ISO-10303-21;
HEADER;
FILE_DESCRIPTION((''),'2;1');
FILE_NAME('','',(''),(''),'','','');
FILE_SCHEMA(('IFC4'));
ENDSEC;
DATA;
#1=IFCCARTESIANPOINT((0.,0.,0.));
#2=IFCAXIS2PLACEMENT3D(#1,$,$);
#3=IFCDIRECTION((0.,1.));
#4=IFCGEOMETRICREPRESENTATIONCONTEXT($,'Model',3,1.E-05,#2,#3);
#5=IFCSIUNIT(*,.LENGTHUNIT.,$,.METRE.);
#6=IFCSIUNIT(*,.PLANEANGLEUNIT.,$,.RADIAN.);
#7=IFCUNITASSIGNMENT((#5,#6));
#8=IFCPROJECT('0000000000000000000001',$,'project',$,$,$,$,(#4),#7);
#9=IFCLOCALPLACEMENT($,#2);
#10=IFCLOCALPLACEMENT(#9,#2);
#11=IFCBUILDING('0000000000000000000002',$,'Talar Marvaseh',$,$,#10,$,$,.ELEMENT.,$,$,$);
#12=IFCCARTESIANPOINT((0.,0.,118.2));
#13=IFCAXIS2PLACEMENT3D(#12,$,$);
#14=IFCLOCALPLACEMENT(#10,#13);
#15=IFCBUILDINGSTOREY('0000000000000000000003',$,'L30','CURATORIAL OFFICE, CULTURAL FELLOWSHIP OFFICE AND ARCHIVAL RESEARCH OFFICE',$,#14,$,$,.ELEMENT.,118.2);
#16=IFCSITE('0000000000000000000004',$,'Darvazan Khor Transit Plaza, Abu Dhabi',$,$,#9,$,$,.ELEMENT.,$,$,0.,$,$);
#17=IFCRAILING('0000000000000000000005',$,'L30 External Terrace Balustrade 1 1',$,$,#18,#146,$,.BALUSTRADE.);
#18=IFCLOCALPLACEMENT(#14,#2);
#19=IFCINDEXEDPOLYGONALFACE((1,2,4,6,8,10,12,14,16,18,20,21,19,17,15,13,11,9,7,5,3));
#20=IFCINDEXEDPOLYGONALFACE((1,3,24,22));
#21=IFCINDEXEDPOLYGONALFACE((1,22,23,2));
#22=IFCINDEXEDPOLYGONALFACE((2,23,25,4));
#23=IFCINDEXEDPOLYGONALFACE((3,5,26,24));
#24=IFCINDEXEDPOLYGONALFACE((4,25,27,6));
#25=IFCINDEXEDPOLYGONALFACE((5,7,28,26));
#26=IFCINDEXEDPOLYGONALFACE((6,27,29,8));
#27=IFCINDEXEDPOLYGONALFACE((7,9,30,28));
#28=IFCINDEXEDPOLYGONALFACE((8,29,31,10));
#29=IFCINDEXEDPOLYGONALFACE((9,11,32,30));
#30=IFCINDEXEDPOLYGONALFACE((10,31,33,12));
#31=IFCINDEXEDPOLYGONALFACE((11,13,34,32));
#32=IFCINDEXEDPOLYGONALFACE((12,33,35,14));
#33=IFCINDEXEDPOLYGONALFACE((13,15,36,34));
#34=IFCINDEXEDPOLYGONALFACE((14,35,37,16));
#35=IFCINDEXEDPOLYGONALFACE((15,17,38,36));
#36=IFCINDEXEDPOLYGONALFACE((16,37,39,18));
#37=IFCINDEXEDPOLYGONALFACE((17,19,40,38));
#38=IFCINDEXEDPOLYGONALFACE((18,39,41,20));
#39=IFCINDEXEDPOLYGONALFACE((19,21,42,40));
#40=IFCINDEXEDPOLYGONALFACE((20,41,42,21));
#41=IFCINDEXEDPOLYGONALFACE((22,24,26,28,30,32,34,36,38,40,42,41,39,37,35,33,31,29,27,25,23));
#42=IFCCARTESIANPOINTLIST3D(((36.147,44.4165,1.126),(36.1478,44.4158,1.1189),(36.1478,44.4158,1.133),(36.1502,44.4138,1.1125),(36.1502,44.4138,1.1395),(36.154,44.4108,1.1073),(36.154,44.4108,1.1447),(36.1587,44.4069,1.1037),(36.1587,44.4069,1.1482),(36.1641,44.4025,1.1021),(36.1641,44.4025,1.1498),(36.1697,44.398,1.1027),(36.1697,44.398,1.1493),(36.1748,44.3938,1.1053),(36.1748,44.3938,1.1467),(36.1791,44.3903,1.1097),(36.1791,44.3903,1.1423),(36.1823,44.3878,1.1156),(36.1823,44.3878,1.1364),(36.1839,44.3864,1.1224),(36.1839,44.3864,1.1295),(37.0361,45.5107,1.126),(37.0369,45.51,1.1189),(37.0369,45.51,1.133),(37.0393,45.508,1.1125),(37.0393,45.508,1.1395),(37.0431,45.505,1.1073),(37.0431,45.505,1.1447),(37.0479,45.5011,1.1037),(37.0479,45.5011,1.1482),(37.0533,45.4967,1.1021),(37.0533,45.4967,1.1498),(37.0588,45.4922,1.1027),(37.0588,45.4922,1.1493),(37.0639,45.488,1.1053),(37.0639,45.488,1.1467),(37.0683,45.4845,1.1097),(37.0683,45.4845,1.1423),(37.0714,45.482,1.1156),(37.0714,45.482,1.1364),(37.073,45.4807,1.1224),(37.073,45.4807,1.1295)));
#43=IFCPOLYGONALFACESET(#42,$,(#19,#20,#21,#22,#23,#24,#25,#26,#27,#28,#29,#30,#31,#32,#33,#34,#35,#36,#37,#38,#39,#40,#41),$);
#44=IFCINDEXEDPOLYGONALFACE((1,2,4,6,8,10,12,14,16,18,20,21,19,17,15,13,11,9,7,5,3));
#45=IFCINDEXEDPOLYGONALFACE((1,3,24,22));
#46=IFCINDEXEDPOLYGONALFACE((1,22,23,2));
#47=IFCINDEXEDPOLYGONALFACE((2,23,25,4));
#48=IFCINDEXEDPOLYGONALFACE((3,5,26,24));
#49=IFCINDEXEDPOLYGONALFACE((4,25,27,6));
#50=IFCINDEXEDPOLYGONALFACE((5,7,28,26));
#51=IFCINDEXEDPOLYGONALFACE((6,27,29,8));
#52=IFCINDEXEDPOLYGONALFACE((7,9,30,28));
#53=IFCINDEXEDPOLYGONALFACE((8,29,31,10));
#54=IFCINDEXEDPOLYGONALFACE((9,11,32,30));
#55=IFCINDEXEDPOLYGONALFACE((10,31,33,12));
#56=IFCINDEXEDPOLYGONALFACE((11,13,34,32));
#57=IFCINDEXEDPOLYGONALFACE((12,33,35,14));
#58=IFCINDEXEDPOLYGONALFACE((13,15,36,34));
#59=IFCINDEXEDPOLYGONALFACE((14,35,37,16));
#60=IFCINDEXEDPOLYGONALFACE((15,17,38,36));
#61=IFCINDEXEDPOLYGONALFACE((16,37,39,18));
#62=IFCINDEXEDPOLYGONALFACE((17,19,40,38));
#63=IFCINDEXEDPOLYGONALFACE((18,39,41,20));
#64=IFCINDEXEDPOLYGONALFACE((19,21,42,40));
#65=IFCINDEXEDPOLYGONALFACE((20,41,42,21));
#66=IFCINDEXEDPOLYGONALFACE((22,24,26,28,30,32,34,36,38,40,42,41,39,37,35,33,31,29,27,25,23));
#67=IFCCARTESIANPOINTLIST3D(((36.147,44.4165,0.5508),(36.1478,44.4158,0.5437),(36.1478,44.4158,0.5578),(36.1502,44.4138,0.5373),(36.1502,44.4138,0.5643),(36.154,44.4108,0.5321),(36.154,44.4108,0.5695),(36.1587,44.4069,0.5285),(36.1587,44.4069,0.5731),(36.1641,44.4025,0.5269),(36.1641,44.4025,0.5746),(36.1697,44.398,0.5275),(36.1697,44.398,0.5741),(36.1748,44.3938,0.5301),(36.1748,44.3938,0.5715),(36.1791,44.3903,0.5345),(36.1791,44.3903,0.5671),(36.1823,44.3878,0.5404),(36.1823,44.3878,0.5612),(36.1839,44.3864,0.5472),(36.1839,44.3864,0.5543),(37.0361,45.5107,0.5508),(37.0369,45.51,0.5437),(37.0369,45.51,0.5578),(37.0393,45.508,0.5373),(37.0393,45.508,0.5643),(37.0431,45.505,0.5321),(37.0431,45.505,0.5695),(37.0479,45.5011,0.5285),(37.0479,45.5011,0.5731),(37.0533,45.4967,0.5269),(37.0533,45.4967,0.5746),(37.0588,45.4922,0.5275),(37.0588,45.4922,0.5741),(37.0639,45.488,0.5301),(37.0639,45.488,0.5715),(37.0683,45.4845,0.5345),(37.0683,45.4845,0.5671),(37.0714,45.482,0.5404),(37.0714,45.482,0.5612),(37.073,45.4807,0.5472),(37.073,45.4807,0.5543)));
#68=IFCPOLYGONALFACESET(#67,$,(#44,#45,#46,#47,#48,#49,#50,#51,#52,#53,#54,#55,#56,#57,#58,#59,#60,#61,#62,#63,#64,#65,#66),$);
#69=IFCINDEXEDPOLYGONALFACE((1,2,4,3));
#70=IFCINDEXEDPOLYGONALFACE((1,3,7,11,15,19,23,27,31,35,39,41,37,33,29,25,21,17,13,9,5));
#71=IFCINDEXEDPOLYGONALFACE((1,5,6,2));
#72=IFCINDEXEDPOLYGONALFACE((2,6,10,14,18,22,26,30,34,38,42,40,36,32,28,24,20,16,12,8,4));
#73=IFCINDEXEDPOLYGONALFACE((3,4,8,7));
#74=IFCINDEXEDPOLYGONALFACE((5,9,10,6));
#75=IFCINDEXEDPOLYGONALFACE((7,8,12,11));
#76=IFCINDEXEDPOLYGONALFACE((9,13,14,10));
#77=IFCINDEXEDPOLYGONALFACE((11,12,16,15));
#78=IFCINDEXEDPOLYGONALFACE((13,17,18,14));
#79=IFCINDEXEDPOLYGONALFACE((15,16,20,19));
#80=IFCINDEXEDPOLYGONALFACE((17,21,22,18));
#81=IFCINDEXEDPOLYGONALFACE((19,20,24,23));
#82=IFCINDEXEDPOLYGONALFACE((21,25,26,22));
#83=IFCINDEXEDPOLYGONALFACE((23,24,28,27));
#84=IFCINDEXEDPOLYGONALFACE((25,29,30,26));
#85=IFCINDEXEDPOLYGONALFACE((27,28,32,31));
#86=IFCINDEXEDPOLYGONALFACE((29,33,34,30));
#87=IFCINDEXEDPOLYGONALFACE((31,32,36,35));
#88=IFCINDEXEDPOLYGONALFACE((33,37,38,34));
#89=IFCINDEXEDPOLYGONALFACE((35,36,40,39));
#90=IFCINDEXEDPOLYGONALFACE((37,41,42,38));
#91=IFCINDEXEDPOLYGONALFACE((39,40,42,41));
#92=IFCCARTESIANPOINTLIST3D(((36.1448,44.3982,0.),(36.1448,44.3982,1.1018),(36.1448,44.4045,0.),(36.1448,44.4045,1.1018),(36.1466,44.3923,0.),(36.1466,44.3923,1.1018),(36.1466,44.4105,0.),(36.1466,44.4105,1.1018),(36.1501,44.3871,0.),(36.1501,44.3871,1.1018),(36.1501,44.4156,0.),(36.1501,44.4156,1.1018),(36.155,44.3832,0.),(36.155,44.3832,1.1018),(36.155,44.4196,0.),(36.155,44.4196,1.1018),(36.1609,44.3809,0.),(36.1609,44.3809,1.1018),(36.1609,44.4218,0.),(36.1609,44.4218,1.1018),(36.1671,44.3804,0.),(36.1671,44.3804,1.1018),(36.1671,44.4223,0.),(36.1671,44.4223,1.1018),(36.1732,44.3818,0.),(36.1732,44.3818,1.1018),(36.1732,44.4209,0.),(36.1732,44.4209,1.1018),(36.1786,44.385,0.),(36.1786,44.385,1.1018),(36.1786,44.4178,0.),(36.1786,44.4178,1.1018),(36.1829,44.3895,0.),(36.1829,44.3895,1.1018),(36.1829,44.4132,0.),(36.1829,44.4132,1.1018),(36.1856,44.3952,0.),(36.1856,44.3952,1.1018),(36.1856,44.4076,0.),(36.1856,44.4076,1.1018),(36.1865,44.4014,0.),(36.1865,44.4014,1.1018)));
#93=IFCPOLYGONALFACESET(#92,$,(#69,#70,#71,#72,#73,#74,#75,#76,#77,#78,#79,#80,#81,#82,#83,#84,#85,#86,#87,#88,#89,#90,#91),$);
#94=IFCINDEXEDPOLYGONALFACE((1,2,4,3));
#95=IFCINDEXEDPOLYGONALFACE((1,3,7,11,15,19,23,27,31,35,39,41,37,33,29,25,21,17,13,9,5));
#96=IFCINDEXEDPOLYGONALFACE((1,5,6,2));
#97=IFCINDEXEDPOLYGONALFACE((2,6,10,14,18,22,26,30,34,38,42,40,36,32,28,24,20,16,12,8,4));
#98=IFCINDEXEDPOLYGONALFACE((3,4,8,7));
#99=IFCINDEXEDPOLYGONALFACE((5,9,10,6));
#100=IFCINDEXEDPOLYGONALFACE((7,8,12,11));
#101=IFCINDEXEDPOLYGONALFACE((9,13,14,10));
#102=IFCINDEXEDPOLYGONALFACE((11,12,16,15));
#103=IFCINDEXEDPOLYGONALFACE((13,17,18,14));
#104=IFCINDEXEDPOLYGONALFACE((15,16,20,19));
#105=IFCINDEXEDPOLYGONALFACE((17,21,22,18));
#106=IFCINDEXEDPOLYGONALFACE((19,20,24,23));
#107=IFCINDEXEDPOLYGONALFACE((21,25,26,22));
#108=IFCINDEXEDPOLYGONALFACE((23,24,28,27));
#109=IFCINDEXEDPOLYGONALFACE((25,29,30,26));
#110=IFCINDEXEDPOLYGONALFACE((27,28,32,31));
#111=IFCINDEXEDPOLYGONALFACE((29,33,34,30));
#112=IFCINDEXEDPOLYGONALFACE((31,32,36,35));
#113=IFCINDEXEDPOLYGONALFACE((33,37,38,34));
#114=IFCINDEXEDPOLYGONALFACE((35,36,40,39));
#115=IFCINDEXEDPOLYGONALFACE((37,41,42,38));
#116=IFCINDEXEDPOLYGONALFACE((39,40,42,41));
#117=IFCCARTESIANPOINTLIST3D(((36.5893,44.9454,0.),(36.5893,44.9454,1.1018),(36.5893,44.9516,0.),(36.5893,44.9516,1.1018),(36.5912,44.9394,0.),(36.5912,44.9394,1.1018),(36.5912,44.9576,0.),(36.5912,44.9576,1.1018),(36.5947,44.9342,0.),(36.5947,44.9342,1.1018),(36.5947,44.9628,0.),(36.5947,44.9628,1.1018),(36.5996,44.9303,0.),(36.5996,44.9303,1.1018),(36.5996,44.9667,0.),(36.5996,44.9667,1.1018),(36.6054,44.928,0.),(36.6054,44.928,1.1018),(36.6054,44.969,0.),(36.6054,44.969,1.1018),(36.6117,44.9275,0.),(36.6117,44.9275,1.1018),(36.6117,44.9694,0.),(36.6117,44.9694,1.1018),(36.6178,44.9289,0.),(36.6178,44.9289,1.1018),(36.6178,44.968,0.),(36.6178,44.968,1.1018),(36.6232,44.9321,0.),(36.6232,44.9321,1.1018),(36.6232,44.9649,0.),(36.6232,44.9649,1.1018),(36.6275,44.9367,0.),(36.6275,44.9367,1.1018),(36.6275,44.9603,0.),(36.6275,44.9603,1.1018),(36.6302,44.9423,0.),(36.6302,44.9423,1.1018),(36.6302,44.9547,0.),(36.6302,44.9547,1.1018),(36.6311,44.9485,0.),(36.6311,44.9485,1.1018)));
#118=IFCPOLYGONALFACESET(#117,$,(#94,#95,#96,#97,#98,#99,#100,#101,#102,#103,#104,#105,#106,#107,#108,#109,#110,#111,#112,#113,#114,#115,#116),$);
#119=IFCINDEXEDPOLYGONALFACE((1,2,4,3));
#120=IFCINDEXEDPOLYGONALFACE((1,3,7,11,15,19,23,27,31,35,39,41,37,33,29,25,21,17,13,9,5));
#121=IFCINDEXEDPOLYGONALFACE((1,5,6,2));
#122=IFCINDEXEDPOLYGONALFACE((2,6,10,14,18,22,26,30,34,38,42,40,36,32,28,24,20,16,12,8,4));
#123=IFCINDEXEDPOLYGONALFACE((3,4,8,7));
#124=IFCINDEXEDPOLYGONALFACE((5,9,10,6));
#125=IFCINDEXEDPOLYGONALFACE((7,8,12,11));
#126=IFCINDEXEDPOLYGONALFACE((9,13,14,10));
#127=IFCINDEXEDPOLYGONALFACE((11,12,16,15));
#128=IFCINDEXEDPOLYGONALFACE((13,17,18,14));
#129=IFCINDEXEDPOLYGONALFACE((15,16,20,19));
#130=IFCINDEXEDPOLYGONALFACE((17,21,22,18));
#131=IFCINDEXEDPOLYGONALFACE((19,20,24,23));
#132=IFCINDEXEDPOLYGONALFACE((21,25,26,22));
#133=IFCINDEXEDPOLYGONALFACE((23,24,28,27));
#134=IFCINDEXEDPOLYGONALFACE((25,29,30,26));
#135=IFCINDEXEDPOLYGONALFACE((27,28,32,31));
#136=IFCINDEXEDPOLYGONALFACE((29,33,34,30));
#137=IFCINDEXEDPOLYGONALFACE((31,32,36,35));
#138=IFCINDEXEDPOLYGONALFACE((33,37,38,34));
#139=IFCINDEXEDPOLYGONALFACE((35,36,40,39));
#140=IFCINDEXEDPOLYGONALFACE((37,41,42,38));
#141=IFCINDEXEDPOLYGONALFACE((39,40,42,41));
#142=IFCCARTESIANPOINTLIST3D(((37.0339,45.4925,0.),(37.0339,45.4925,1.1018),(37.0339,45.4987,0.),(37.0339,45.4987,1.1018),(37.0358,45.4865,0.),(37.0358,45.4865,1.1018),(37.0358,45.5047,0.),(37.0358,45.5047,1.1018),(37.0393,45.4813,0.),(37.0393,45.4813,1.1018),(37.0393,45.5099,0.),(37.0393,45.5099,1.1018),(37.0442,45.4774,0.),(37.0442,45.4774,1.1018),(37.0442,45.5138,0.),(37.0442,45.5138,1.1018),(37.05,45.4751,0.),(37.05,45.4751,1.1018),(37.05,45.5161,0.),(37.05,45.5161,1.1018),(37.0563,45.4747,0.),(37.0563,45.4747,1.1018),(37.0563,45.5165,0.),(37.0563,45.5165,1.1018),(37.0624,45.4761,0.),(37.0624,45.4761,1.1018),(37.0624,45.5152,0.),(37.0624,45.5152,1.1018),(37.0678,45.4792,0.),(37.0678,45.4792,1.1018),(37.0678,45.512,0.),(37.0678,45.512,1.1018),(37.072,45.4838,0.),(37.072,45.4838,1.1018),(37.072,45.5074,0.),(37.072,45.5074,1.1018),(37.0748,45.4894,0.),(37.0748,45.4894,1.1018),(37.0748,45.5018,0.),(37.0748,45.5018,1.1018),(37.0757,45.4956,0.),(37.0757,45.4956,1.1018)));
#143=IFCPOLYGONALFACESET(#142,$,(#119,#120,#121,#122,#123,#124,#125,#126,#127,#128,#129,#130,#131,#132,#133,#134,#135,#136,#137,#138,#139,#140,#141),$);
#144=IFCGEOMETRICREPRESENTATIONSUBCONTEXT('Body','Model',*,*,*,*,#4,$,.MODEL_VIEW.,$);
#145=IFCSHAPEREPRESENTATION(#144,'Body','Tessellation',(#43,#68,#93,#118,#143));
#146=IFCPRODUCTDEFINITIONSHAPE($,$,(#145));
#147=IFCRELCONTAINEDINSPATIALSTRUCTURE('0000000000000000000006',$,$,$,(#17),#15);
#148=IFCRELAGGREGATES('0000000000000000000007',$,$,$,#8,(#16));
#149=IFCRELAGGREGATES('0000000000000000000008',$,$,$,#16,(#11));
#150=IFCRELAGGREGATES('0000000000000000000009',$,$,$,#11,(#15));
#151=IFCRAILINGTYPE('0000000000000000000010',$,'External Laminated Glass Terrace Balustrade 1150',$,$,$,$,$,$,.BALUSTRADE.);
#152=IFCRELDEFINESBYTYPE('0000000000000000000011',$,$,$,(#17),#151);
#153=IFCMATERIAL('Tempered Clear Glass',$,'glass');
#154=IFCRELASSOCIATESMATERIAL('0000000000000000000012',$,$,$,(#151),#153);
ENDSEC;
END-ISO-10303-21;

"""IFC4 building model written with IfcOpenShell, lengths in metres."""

from ifc_helpers import new_model, si_unit, direction, frame, origin, origin_2d, place, context, subcontext, project, spatial, circle, extrude, material, type_object, element, save


model = new_model("IFC4")

# Units and contexts
model_context = context("Model", 3, precision=1e-05, world=origin(), true_north=direction((0.0, 1.0)))
body_context = subcontext(model_context, "Body", "Model", "MODEL_VIEW")
ifc_project = project(units=[si_unit("LENGTHUNIT", "METRE"), si_unit("PLANEANGLEUNIT", "RADIAN")], contexts=[model_context])

# Site, building, storey
site_placement = place(None, origin())
site = spatial("IfcSite", under=ifc_project, at=site_placement, Name="Darvazan Khor Transit Plaza, Abu Dhabi", CompositionType="ELEMENT", RefElevation=0.0)
building_placement = place(site_placement, origin())
building = spatial("IfcBuilding", under=site, at=building_placement, Name="Talar Marvaseh", CompositionType="ELEMENT")
storey_placement = place(building_placement, frame((0.0, 0.0, 118.2)))
storey = spatial("IfcBuildingStorey", under=building, at=storey_placement, Name="L30", Description="CURATORIAL OFFICE, CULTURAL FELLOWSHIP OFFICE AND ARCHIVAL RESEARCH OFFICE", CompositionType="ELEMENT", Elevation=118.2)

# Railing
ifc_material_1 = material(Name="Tempered Clear Glass", Category="glass")
railing_type_1 = type_object("IfcRailingType", Name="External Laminated Glass Terrace Balustrade 1150", PredefinedType="BALUSTRADE", material=ifc_material_1)
railing_1_placement = place(storey_placement, frame((36.1655, 44.4014, 0.0)))
element("IfcRailing", 1, at=railing_1_placement, inside=storey, type_object=railing_type_1, Name="L30 External Terrace Balustrade 1 1", PredefinedType="BALUSTRADE", context=body_context, shape_type="SweptSolid", body=[
    extrude(circle(Radius=0.0239, at=origin_2d()), frame((0.0, 0.0, 1.126), z_axis=(0.630632, 0.776082, 0.0), x_axis=(-0.776082, 0.630632, 0.0)), (0.0, 0.0, 1.0), 1.4099),
    extrude(circle(Radius=0.0239, at=origin_2d()), frame((0.0, 0.0, 0.5508), z_axis=(0.630632, 0.776082, 0.0), x_axis=(-0.776082, 0.630632, 0.0)), (0.0, 0.0, 1.0), 1.4099),
    extrude(circle(Radius=0.021, at=origin_2d()), origin(), (0.0, 0.0, 1.0), 1.1018),
    extrude(circle(Radius=0.021, at=origin_2d()), frame((0.4446, 0.5471, 0.0)), (0.0, 0.0, 1.0), 1.1018),
    extrude(circle(Radius=0.021, at=origin_2d()), frame((0.8892, 1.0942, 0.0)), (0.0, 0.0, 1.0), 1.1018),
])

save(model, "model.ifc")
